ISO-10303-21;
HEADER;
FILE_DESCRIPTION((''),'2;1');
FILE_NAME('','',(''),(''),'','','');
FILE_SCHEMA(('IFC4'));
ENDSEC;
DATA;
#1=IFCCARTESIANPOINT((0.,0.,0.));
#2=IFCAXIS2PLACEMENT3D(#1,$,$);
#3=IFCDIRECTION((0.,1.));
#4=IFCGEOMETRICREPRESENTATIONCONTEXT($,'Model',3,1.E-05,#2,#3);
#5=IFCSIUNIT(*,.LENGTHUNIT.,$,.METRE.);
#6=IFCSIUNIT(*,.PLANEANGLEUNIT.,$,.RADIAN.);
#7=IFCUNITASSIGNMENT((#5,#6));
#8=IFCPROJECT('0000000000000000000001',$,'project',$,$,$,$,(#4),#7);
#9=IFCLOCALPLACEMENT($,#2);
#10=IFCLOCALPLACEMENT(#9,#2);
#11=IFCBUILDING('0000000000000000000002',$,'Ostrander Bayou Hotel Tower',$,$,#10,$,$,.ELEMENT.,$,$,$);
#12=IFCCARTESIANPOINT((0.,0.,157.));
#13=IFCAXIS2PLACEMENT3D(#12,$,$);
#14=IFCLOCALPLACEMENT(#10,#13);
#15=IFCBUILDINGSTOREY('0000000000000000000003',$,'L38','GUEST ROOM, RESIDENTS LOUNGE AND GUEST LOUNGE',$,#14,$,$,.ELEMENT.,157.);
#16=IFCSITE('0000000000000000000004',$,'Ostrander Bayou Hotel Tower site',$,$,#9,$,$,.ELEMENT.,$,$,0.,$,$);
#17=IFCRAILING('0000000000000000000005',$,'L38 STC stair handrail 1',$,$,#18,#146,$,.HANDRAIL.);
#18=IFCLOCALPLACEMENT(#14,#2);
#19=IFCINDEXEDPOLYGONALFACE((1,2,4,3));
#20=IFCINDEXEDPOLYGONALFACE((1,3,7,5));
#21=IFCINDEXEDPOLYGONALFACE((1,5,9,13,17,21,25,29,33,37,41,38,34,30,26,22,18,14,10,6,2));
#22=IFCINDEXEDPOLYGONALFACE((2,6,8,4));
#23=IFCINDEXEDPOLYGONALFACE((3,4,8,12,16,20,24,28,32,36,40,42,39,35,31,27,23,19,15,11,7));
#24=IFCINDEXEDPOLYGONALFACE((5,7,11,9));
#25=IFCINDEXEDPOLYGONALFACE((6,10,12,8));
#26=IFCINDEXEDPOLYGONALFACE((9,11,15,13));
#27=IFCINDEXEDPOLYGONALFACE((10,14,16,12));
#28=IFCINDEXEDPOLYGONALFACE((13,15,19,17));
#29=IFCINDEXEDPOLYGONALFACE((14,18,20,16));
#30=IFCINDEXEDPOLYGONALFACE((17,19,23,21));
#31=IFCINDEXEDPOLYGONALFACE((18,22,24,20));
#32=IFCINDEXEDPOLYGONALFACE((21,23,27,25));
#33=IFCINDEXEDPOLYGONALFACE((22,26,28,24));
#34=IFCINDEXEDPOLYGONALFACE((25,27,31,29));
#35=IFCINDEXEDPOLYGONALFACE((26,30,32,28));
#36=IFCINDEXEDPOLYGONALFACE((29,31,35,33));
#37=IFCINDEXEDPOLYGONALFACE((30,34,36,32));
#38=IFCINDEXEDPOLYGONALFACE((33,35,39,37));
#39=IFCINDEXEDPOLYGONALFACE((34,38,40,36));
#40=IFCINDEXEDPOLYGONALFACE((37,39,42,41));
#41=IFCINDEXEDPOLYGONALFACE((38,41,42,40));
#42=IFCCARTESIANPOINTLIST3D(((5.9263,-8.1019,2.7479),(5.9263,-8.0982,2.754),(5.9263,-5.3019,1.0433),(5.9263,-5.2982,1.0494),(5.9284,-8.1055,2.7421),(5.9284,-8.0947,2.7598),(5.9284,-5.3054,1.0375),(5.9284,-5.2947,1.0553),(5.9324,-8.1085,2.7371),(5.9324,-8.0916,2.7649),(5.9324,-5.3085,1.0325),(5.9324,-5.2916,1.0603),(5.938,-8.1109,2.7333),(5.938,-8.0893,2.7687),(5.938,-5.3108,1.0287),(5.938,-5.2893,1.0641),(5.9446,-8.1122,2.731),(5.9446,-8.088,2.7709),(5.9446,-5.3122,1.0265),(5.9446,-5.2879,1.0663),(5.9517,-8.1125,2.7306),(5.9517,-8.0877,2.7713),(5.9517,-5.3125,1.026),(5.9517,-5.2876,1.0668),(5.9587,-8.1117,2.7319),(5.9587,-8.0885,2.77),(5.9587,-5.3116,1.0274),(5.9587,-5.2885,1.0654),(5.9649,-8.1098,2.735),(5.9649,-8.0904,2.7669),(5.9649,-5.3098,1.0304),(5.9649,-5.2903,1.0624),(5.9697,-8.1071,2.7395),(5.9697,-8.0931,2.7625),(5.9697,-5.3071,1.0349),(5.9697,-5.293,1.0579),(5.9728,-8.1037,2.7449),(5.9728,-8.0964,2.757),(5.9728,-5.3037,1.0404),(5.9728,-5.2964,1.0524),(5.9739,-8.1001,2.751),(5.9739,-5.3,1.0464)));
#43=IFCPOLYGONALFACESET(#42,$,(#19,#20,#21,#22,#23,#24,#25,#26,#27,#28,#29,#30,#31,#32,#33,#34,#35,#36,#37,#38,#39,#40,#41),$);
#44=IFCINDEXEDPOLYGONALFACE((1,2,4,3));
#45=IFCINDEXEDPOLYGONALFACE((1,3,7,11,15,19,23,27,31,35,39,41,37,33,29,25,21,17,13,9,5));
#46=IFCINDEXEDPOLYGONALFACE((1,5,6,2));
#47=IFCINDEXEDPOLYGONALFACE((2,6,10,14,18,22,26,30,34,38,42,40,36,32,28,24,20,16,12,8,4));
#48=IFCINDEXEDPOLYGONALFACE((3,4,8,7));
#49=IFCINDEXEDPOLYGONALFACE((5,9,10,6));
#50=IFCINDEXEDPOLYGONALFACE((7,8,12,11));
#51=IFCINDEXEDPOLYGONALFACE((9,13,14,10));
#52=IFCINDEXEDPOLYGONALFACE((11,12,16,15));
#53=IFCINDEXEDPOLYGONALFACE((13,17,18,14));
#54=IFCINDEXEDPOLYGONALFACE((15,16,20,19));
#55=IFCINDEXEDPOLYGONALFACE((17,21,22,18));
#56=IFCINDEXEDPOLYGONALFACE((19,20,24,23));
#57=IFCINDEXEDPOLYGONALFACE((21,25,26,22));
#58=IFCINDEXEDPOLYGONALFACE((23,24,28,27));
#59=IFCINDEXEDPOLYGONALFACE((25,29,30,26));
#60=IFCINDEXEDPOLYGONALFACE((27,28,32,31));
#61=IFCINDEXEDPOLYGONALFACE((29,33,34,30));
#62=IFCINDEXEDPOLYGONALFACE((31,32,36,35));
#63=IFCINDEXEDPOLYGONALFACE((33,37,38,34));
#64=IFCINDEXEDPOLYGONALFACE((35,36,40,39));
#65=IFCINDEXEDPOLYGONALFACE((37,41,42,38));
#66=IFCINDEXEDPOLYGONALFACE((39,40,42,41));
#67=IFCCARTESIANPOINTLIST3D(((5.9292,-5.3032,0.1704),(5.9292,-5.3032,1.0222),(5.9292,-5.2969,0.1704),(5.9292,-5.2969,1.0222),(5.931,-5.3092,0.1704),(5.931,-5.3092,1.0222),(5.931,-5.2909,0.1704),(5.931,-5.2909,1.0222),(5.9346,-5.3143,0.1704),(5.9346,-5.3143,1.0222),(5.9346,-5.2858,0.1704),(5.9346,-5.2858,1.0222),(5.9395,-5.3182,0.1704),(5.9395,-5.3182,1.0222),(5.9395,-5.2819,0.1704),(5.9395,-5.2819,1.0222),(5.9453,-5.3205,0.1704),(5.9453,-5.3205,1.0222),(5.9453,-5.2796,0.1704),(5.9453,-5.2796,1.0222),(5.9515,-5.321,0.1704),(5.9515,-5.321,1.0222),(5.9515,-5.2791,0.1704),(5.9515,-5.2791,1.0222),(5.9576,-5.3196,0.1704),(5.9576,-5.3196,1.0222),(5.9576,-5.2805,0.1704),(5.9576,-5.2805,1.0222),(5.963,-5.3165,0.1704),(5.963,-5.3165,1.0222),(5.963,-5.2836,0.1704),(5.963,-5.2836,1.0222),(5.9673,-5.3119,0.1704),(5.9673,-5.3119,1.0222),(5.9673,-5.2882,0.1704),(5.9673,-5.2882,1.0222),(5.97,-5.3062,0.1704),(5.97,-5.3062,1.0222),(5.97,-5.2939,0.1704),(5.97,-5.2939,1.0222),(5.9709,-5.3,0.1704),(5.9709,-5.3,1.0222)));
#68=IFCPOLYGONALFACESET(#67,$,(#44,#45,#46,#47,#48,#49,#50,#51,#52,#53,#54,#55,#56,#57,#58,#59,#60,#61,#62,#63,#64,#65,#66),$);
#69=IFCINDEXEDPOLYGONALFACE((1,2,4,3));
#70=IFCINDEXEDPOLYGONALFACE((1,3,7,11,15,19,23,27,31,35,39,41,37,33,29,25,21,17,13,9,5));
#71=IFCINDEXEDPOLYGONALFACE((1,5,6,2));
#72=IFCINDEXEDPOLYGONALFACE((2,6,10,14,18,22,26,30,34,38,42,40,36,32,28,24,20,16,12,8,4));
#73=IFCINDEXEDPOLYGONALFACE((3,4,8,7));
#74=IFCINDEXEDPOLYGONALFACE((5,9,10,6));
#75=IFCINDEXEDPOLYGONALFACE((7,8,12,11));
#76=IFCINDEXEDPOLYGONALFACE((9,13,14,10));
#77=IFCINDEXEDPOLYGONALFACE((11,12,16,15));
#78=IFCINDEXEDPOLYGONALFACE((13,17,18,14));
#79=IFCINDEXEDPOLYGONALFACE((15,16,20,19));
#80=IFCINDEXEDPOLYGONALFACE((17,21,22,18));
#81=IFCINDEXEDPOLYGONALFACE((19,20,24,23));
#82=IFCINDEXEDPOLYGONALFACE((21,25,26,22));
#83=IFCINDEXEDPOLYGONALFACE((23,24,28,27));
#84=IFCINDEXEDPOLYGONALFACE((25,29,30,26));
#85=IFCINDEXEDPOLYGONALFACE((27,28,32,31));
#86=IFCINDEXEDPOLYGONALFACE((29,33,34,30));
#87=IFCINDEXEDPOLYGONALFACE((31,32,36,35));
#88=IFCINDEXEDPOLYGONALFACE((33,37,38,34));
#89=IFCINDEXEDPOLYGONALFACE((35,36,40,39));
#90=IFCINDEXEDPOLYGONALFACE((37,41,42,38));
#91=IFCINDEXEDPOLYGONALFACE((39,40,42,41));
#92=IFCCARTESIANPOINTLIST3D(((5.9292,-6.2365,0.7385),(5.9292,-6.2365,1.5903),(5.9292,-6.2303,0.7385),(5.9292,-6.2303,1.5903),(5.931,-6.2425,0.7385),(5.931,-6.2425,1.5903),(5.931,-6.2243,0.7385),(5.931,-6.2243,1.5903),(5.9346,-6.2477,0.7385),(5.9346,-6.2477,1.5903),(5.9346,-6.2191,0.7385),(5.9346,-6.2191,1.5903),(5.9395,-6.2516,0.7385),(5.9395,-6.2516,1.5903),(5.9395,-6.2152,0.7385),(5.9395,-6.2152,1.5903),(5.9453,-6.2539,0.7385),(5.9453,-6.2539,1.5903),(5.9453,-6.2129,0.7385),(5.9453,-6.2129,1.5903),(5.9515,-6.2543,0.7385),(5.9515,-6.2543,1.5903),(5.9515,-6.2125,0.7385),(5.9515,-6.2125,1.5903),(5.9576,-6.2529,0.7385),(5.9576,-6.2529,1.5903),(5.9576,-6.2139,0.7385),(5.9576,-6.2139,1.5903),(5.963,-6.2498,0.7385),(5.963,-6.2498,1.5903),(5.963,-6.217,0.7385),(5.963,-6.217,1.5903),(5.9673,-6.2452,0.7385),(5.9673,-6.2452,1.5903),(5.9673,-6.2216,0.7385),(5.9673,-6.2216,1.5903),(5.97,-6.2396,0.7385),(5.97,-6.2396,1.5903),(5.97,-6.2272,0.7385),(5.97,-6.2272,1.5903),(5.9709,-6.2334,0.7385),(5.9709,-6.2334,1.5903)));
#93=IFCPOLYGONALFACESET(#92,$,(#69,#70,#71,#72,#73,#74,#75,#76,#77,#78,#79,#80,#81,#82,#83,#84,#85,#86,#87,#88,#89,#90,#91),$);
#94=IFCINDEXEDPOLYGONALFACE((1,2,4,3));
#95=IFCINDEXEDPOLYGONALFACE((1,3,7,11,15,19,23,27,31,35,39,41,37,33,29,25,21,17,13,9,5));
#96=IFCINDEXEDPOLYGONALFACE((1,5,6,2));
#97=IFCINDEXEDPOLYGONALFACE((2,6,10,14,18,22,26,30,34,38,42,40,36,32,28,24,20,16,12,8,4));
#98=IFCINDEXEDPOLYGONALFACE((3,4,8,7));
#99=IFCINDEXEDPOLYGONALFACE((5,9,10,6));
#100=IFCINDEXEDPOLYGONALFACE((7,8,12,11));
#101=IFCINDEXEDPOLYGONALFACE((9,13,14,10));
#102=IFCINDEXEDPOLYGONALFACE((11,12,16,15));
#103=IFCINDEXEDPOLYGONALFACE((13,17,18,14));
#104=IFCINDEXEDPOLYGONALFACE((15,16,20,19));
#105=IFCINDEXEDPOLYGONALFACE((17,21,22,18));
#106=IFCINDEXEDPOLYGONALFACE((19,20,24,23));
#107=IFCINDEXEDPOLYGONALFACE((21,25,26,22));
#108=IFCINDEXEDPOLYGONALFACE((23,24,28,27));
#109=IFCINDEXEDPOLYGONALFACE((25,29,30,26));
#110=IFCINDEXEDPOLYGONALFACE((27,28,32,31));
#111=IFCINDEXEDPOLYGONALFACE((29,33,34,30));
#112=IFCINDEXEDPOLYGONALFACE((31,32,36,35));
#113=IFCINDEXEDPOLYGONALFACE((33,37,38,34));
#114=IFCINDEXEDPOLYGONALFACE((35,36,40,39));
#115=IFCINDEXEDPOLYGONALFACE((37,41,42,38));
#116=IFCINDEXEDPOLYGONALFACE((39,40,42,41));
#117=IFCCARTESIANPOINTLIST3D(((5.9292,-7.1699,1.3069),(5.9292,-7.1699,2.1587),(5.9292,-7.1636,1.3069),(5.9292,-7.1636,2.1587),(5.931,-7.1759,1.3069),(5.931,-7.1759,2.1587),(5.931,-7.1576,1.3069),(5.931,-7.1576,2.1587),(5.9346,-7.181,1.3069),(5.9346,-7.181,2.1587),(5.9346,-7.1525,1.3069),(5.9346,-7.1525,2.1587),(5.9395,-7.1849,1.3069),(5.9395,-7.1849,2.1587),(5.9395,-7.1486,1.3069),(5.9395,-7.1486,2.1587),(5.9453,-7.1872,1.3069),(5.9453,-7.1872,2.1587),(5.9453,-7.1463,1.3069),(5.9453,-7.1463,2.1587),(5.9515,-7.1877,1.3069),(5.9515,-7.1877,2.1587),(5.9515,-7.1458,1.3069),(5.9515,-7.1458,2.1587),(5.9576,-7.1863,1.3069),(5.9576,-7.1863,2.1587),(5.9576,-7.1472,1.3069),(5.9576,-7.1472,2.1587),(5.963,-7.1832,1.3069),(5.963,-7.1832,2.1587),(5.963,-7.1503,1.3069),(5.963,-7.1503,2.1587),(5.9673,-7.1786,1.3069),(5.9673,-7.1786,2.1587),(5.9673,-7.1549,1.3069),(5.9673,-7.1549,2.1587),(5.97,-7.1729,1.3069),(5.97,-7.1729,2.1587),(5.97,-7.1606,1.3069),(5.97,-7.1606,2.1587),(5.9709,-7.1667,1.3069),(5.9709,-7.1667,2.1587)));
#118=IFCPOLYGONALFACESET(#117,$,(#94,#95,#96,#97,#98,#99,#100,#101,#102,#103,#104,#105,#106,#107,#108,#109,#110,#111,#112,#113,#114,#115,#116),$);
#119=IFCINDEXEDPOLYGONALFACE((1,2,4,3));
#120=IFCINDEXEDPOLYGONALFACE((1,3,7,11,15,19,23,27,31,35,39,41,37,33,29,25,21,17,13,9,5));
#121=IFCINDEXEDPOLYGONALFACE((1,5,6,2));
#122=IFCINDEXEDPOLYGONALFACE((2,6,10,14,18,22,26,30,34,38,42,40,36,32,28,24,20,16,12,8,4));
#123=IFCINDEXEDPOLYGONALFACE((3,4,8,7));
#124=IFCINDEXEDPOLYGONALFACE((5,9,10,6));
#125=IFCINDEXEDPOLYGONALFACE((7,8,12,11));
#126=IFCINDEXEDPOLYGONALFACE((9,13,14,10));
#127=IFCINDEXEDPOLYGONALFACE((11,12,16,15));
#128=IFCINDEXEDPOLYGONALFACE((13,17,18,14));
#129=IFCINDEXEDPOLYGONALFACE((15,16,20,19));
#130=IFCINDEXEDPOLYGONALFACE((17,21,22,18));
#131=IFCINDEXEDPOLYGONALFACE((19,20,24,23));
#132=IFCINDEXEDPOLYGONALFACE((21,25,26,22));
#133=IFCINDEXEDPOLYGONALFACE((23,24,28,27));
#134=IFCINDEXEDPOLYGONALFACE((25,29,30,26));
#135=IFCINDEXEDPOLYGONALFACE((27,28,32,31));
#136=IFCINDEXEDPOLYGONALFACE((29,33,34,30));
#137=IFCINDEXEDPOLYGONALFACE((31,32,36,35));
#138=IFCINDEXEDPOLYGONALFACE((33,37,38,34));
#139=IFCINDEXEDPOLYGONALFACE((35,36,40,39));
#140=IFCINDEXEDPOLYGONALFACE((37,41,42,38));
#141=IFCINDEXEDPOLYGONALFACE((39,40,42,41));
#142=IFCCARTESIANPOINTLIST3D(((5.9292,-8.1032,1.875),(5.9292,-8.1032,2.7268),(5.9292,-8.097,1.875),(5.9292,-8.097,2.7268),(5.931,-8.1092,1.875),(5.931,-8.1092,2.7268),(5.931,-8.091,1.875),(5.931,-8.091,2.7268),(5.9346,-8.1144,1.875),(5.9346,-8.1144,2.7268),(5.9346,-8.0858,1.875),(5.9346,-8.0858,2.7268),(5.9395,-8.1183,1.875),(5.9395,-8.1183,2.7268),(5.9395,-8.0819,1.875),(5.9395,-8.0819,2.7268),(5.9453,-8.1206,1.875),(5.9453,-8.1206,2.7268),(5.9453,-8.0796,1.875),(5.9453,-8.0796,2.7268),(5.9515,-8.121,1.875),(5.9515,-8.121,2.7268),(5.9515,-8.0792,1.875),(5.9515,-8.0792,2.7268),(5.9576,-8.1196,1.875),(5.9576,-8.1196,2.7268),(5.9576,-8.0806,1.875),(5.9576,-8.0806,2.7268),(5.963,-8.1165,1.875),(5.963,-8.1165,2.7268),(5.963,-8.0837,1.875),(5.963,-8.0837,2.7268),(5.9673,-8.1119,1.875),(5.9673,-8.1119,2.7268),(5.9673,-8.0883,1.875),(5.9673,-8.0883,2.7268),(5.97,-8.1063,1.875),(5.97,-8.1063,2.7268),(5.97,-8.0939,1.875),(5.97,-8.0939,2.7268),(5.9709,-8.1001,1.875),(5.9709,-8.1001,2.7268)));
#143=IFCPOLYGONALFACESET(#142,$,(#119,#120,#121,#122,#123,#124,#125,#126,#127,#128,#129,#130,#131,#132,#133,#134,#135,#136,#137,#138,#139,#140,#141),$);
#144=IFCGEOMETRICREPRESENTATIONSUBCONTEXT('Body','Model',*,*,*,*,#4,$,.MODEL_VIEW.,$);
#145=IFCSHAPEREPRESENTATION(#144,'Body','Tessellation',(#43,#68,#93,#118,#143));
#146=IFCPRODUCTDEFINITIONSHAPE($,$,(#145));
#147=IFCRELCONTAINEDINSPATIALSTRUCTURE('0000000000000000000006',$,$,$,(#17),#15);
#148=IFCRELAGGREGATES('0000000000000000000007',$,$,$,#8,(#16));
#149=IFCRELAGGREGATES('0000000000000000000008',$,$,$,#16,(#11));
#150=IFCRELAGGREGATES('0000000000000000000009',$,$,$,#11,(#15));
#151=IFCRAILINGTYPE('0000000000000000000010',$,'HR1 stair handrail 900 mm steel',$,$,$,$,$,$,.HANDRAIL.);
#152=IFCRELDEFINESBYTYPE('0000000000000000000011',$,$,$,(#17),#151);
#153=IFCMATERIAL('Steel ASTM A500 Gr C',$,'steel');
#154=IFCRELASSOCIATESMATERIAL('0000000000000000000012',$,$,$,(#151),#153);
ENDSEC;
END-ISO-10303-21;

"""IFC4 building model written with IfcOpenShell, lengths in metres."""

from ifc_helpers import new_model, si_unit, direction, frame, origin, origin_2d, place, context, subcontext, project, spatial, circle, extrude, material, type_object, element, save


model = new_model("IFC4")

# Units and contexts
model_context = context("Model", 3, precision=1e-05, world=origin(), true_north=direction((0.0, 1.0)))
body_context = subcontext(model_context, "Body", "Model", "MODEL_VIEW")
ifc_project = project(units=[si_unit("LENGTHUNIT", "METRE"), si_unit("PLANEANGLEUNIT", "RADIAN")], contexts=[model_context])

# Site, building, storey
site_placement = place(None, origin())
site = spatial("IfcSite", under=ifc_project, at=site_placement, Name="Ostrander Bayou Hotel Tower site", CompositionType="ELEMENT", RefElevation=0.0)
building_placement = place(site_placement, origin())
building = spatial("IfcBuilding", under=site, at=building_placement, Name="Ostrander Bayou Hotel Tower", CompositionType="ELEMENT")
storey_placement = place(building_placement, frame((0.0, 0.0, 157.0)))
storey = spatial("IfcBuildingStorey", under=building, at=storey_placement, Name="L38", Description="GUEST ROOM, RESIDENTS LOUNGE AND GUEST LOUNGE", CompositionType="ELEMENT", Elevation=157.0)

# Railing
ifc_material_1 = material(Name="Steel ASTM A500 Gr C", Category="steel")
railing_type_1 = type_object("IfcRailingType", Name="HR1 stair handrail 900 mm steel", PredefinedType="HANDRAIL", material=ifc_material_1)
railing_1_placement = place(storey_placement, frame((5.95, -5.3, 0.1704)))
element("IfcRailing", 1, at=railing_1_placement, inside=storey, type_object=railing_type_1, Name="L38 STC stair handrail 1", PredefinedType="HANDRAIL", context=body_context, shape_type="SweptSolid", body=[
    extrude(circle(Radius=0.0239, at=origin_2d()), frame((0.0, 0.0, 0.876), z_axis=(0.0, -0.85417, 0.519994), x_axis=(1.0, 0.0, 0.0)), (0.0, 0.0, 1.0), 3.2781),
    extrude(circle(Radius=0.021, at=origin_2d()), origin(), (0.0, 0.0, 1.0), 0.8518),
    extrude(circle(Radius=0.021, at=origin_2d()), frame((0.0, -0.9333, 0.5681)), (0.0, 0.0, 1.0), 0.8518),
    extrude(circle(Radius=0.021, at=origin_2d()), frame((0.0, -1.8667, 1.1365)), (0.0, 0.0, 1.0), 0.8518),
    extrude(circle(Radius=0.021, at=origin_2d()), frame((0.0, -2.8, 1.7046)), (0.0, 0.0, 1.0), 0.8518),
])

save(model, "model.ifc")
